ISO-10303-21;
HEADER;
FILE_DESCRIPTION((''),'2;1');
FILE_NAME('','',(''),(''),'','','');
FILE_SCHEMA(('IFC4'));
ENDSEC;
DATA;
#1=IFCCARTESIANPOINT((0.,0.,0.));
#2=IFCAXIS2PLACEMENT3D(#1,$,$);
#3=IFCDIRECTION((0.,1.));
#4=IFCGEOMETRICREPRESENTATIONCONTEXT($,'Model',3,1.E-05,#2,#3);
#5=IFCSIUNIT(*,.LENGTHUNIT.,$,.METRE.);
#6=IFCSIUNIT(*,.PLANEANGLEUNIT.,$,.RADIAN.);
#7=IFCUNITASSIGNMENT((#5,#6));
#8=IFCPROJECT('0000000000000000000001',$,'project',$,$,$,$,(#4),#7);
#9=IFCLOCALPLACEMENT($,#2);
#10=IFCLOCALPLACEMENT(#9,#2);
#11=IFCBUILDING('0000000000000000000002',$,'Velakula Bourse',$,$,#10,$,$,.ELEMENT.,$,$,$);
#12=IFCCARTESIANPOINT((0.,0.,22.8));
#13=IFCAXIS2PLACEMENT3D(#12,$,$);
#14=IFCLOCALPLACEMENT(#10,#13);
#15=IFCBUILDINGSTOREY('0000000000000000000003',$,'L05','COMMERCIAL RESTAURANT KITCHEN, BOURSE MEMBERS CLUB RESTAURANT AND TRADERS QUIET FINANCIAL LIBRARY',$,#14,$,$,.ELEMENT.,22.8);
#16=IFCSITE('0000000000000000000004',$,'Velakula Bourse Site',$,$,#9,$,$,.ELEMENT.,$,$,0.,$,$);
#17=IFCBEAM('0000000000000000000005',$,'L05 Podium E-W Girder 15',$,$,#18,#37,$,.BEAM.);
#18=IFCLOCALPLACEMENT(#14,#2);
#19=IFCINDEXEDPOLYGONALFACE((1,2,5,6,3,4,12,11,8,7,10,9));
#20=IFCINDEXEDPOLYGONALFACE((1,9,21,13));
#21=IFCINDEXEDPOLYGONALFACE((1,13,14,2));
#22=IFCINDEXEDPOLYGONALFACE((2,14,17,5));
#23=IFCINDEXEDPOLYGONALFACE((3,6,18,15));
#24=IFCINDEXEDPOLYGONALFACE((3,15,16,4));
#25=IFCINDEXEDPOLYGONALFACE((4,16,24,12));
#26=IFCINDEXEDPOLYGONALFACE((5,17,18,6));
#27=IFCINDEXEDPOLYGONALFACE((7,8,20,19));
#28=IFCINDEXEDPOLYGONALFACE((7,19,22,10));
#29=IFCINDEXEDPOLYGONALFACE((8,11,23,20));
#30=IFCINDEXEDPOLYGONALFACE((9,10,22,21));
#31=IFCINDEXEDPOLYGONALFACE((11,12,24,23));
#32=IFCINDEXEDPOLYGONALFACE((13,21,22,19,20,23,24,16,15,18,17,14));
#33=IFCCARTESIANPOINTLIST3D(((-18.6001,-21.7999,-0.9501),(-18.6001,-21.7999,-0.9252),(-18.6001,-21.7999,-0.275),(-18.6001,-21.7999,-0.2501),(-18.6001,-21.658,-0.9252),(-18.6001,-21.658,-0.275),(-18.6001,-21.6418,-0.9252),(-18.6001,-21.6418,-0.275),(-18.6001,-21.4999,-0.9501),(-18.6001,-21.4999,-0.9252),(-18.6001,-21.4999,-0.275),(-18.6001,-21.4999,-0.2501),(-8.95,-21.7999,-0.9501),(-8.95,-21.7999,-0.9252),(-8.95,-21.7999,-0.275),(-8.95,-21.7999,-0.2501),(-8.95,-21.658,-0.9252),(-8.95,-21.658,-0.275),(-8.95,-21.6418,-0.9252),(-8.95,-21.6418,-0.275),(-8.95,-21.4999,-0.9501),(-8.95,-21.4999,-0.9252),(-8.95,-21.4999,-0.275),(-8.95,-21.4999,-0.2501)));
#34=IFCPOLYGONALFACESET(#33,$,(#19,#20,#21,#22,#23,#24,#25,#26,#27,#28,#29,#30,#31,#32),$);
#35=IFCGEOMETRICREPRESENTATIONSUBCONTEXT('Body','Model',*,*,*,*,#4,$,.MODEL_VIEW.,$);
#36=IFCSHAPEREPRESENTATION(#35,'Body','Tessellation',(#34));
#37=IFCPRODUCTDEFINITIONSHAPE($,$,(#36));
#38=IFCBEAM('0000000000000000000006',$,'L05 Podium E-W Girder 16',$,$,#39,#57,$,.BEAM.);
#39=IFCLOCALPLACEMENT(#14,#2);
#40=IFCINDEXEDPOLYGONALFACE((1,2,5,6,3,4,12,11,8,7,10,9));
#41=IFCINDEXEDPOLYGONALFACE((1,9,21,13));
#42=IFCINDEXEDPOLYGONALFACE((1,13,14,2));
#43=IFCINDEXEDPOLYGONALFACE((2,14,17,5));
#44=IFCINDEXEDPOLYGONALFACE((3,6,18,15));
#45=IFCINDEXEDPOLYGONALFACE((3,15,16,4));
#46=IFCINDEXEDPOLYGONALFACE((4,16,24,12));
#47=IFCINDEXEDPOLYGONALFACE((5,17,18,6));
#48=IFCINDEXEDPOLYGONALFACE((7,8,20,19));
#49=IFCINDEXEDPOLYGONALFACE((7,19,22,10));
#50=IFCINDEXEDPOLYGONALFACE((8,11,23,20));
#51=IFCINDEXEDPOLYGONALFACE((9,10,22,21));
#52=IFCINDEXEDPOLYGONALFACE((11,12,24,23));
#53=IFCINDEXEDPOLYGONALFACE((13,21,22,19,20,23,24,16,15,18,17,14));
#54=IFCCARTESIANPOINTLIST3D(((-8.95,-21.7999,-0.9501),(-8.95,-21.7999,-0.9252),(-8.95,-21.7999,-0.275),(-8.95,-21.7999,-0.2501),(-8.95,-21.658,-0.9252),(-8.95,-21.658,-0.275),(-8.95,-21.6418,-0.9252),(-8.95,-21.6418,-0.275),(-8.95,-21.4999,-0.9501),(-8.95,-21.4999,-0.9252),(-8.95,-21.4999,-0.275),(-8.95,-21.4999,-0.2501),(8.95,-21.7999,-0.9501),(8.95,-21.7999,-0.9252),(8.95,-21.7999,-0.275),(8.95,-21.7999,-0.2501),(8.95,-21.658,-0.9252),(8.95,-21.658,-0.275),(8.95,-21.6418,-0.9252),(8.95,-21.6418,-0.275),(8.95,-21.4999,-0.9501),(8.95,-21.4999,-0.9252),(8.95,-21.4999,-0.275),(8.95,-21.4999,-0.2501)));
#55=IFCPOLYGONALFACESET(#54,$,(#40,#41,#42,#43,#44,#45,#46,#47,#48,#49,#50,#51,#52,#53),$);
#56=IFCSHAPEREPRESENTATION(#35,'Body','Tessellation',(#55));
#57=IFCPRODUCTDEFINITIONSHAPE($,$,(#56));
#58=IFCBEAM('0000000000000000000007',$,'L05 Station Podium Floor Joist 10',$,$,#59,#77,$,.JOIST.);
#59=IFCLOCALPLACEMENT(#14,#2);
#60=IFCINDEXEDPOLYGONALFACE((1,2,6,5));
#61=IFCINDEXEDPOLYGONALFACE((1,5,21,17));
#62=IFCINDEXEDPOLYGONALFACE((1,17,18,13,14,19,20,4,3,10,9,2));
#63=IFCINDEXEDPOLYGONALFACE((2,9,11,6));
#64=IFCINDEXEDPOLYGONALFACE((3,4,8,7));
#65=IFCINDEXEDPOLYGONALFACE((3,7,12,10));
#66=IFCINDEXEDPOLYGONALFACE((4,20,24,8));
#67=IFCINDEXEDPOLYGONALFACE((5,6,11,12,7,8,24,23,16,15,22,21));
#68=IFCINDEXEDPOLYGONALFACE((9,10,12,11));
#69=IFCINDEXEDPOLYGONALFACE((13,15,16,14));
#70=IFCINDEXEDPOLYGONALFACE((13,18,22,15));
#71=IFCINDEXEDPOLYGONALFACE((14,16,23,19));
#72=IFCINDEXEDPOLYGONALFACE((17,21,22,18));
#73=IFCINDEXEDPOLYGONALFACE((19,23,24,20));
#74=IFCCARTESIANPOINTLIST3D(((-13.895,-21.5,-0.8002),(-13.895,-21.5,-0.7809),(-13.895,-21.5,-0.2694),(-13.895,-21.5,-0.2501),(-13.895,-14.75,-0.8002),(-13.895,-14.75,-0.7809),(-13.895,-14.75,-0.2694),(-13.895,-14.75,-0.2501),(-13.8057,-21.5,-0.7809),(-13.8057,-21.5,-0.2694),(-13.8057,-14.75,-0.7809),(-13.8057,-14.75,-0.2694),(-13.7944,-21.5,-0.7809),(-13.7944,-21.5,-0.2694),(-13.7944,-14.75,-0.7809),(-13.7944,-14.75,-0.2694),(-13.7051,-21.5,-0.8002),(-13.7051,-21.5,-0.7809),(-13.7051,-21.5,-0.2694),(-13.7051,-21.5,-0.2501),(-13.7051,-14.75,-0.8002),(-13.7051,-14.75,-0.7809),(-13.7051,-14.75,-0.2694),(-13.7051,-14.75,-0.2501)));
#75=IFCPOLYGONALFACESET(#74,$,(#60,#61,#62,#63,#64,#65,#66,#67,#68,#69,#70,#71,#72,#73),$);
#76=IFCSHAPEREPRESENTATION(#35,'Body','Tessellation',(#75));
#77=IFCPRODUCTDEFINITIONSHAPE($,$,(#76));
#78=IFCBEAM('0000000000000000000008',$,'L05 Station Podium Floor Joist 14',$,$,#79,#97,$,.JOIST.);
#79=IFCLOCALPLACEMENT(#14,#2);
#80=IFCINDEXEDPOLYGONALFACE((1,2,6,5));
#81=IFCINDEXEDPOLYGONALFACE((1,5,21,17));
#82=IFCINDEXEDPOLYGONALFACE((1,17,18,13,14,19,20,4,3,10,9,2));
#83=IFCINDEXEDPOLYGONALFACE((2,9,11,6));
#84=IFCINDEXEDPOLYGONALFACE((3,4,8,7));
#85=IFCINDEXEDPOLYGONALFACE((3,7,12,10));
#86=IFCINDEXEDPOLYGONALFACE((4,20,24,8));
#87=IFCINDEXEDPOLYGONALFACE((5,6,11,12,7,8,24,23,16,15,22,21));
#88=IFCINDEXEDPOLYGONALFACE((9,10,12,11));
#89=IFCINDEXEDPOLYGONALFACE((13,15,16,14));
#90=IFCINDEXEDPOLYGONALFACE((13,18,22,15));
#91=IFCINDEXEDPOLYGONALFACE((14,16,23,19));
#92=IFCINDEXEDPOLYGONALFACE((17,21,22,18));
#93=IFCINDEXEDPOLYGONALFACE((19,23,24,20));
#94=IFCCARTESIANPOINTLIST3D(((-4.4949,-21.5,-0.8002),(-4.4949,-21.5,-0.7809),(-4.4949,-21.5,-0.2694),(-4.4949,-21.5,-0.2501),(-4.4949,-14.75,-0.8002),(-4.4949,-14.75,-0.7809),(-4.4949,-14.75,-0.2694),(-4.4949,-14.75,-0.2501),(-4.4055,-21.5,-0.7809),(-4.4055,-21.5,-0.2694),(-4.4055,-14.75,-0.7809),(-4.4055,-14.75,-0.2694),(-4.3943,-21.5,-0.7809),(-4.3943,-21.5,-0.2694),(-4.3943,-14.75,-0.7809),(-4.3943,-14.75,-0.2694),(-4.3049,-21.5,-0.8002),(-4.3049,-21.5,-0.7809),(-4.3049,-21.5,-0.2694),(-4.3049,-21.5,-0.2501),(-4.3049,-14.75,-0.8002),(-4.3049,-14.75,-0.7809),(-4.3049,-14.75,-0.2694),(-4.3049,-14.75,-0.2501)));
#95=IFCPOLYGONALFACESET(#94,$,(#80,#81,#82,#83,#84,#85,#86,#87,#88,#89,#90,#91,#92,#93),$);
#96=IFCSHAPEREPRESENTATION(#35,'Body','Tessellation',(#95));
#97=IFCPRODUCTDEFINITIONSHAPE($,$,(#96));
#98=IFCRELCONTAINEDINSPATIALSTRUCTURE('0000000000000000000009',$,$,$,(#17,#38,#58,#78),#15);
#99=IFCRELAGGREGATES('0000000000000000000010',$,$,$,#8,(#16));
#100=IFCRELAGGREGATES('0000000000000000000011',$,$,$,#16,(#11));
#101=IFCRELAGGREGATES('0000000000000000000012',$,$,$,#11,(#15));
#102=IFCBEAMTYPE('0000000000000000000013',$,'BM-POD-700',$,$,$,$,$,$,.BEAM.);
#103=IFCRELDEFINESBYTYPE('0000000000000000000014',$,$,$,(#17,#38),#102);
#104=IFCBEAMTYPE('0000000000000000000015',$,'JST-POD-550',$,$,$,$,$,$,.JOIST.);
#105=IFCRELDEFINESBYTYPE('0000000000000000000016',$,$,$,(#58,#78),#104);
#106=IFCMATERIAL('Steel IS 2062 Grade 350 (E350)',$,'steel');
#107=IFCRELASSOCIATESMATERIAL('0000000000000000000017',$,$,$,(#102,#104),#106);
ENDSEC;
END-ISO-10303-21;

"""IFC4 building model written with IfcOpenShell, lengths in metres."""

from ifc_helpers import new_model, si_unit, direction, frame, origin, origin_2d, place, context, subcontext, project, spatial, i_section, extrude, material, material_profile, profile_set, type_object, element, save


model = new_model("IFC4")

# Units and contexts
model_context = context("Model", 3, precision=1e-05, world=origin(), true_north=direction((0.0, 1.0)))
body_context = subcontext(model_context, "Body", "Model", "MODEL_VIEW")
ifc_project = project(units=[si_unit("LENGTHUNIT", "METRE"), si_unit("PLANEANGLEUNIT", "RADIAN")], contexts=[model_context])

# Site, building, storey
site_placement = place(None, origin())
site = spatial("IfcSite", under=ifc_project, at=site_placement, Name="Velakula Bourse Site", CompositionType="ELEMENT", RefElevation=0.0)
building_placement = place(site_placement, origin())
building = spatial("IfcBuilding", under=site, at=building_placement, Name="Velakula Bourse", CompositionType="ELEMENT")
storey_placement = place(building_placement, frame((0.0, 0.0, 22.8)))
storey = spatial("IfcBuildingStorey", under=building, at=storey_placement, Name="L05", Description="COMMERCIAL RESTAURANT KITCHEN, BOURSE MEMBERS CLUB RESTAURANT AND TRADERS QUIET FINANCIAL LIBRARY", CompositionType="ELEMENT", Elevation=22.8)

# Beams
ifc_material_1 = material(Name="Steel IS 2062 Grade 350 (E350)", Category="steel")
ifc_material_profile_1 = material_profile(ifc_material_1, i_section(OverallWidth=0.3, OverallDepth=0.7, WebThickness=0.0161, FlangeThickness=0.0249, at=origin_2d()), Name="Steel IS 2062 Grade 350 (E350)")
ifc_profile_set_1 = profile_set([ifc_material_profile_1], Name="Steel IS 2062 Grade 350 (E350)")
beam_type_1 = type_object("IfcBeamType", Name="BM-POD-700", PredefinedType="BEAM", material=ifc_profile_set_1)
beam_1_placement = place(storey_placement, frame((-18.6001, -21.6499, -0.6001), z_axis=(1.0, 0.0, 0.0), x_axis=(0.0, 1.0, 0.0)))
element("IfcBeam", 1, at=beam_1_placement, inside=storey, type_object=beam_type_1, Name="L05 Podium E-W Girder 15", PredefinedType="BEAM", context=body_context, shape_type="SweptSolid", body=[
    extrude(i_section(OverallWidth=0.3, OverallDepth=0.7, WebThickness=0.0161, FlangeThickness=0.0249, at=origin_2d()), origin(), (0.0, 0.0, 1.0), 9.6501),
])
beam_2_placement = place(storey_placement, frame((-8.95, -21.6499, -0.6001), z_axis=(1.0, 0.0, 0.0), x_axis=(0.0, 1.0, 0.0)))
element("IfcBeam", 2, at=beam_2_placement, inside=storey, type_object=beam_type_1, Name="L05 Podium E-W Girder 16", PredefinedType="BEAM", context=body_context, shape_type="SweptSolid", body=[
    extrude(i_section(OverallWidth=0.3, OverallDepth=0.7, WebThickness=0.0161, FlangeThickness=0.0249, at=origin_2d()), origin(), (0.0, 0.0, 1.0), 17.8999),
])
ifc_material_profile_2 = material_profile(ifc_material_1, i_section(OverallWidth=0.1899, OverallDepth=0.55, WebThickness=0.0112, FlangeThickness=0.0193, at=origin_2d()), Name="Steel IS 2062 Grade 350 (E350)")
ifc_profile_set_2 = profile_set([ifc_material_profile_2], Name="Steel IS 2062 Grade 350 (E350)")
beam_type_2 = type_object("IfcBeamType", Name="JST-POD-550", PredefinedType="JOIST", material=ifc_profile_set_2)
for number, where, z_axis, x_axis, name in (
    (3, (-13.8, -21.5, -0.5251), (0.0, 1.0, 0.0), (-1.0, 0.0, 0.0), "L05 Station Podium Floor Joist 10"),
    (4, (-4.3999, -21.5, -0.5251), (0.0, 1.0, 0.0), (-1.0, 0.0, 0.0), "L05 Station Podium Floor Joist 14"),
):
    element("IfcBeam", number, at=place(storey_placement, frame(where, z_axis=z_axis, x_axis=x_axis)), inside=storey, type_object=beam_type_2, Name=name, PredefinedType="JOIST", context=body_context, shape_type="SweptSolid", body=[
        extrude(i_section(OverallWidth=0.1899, OverallDepth=0.55, WebThickness=0.0112, FlangeThickness=0.0193, at=origin_2d()), origin(), (0.0, 0.0, 1.0), 6.75),
    ])

save(model, "model.ifc")
